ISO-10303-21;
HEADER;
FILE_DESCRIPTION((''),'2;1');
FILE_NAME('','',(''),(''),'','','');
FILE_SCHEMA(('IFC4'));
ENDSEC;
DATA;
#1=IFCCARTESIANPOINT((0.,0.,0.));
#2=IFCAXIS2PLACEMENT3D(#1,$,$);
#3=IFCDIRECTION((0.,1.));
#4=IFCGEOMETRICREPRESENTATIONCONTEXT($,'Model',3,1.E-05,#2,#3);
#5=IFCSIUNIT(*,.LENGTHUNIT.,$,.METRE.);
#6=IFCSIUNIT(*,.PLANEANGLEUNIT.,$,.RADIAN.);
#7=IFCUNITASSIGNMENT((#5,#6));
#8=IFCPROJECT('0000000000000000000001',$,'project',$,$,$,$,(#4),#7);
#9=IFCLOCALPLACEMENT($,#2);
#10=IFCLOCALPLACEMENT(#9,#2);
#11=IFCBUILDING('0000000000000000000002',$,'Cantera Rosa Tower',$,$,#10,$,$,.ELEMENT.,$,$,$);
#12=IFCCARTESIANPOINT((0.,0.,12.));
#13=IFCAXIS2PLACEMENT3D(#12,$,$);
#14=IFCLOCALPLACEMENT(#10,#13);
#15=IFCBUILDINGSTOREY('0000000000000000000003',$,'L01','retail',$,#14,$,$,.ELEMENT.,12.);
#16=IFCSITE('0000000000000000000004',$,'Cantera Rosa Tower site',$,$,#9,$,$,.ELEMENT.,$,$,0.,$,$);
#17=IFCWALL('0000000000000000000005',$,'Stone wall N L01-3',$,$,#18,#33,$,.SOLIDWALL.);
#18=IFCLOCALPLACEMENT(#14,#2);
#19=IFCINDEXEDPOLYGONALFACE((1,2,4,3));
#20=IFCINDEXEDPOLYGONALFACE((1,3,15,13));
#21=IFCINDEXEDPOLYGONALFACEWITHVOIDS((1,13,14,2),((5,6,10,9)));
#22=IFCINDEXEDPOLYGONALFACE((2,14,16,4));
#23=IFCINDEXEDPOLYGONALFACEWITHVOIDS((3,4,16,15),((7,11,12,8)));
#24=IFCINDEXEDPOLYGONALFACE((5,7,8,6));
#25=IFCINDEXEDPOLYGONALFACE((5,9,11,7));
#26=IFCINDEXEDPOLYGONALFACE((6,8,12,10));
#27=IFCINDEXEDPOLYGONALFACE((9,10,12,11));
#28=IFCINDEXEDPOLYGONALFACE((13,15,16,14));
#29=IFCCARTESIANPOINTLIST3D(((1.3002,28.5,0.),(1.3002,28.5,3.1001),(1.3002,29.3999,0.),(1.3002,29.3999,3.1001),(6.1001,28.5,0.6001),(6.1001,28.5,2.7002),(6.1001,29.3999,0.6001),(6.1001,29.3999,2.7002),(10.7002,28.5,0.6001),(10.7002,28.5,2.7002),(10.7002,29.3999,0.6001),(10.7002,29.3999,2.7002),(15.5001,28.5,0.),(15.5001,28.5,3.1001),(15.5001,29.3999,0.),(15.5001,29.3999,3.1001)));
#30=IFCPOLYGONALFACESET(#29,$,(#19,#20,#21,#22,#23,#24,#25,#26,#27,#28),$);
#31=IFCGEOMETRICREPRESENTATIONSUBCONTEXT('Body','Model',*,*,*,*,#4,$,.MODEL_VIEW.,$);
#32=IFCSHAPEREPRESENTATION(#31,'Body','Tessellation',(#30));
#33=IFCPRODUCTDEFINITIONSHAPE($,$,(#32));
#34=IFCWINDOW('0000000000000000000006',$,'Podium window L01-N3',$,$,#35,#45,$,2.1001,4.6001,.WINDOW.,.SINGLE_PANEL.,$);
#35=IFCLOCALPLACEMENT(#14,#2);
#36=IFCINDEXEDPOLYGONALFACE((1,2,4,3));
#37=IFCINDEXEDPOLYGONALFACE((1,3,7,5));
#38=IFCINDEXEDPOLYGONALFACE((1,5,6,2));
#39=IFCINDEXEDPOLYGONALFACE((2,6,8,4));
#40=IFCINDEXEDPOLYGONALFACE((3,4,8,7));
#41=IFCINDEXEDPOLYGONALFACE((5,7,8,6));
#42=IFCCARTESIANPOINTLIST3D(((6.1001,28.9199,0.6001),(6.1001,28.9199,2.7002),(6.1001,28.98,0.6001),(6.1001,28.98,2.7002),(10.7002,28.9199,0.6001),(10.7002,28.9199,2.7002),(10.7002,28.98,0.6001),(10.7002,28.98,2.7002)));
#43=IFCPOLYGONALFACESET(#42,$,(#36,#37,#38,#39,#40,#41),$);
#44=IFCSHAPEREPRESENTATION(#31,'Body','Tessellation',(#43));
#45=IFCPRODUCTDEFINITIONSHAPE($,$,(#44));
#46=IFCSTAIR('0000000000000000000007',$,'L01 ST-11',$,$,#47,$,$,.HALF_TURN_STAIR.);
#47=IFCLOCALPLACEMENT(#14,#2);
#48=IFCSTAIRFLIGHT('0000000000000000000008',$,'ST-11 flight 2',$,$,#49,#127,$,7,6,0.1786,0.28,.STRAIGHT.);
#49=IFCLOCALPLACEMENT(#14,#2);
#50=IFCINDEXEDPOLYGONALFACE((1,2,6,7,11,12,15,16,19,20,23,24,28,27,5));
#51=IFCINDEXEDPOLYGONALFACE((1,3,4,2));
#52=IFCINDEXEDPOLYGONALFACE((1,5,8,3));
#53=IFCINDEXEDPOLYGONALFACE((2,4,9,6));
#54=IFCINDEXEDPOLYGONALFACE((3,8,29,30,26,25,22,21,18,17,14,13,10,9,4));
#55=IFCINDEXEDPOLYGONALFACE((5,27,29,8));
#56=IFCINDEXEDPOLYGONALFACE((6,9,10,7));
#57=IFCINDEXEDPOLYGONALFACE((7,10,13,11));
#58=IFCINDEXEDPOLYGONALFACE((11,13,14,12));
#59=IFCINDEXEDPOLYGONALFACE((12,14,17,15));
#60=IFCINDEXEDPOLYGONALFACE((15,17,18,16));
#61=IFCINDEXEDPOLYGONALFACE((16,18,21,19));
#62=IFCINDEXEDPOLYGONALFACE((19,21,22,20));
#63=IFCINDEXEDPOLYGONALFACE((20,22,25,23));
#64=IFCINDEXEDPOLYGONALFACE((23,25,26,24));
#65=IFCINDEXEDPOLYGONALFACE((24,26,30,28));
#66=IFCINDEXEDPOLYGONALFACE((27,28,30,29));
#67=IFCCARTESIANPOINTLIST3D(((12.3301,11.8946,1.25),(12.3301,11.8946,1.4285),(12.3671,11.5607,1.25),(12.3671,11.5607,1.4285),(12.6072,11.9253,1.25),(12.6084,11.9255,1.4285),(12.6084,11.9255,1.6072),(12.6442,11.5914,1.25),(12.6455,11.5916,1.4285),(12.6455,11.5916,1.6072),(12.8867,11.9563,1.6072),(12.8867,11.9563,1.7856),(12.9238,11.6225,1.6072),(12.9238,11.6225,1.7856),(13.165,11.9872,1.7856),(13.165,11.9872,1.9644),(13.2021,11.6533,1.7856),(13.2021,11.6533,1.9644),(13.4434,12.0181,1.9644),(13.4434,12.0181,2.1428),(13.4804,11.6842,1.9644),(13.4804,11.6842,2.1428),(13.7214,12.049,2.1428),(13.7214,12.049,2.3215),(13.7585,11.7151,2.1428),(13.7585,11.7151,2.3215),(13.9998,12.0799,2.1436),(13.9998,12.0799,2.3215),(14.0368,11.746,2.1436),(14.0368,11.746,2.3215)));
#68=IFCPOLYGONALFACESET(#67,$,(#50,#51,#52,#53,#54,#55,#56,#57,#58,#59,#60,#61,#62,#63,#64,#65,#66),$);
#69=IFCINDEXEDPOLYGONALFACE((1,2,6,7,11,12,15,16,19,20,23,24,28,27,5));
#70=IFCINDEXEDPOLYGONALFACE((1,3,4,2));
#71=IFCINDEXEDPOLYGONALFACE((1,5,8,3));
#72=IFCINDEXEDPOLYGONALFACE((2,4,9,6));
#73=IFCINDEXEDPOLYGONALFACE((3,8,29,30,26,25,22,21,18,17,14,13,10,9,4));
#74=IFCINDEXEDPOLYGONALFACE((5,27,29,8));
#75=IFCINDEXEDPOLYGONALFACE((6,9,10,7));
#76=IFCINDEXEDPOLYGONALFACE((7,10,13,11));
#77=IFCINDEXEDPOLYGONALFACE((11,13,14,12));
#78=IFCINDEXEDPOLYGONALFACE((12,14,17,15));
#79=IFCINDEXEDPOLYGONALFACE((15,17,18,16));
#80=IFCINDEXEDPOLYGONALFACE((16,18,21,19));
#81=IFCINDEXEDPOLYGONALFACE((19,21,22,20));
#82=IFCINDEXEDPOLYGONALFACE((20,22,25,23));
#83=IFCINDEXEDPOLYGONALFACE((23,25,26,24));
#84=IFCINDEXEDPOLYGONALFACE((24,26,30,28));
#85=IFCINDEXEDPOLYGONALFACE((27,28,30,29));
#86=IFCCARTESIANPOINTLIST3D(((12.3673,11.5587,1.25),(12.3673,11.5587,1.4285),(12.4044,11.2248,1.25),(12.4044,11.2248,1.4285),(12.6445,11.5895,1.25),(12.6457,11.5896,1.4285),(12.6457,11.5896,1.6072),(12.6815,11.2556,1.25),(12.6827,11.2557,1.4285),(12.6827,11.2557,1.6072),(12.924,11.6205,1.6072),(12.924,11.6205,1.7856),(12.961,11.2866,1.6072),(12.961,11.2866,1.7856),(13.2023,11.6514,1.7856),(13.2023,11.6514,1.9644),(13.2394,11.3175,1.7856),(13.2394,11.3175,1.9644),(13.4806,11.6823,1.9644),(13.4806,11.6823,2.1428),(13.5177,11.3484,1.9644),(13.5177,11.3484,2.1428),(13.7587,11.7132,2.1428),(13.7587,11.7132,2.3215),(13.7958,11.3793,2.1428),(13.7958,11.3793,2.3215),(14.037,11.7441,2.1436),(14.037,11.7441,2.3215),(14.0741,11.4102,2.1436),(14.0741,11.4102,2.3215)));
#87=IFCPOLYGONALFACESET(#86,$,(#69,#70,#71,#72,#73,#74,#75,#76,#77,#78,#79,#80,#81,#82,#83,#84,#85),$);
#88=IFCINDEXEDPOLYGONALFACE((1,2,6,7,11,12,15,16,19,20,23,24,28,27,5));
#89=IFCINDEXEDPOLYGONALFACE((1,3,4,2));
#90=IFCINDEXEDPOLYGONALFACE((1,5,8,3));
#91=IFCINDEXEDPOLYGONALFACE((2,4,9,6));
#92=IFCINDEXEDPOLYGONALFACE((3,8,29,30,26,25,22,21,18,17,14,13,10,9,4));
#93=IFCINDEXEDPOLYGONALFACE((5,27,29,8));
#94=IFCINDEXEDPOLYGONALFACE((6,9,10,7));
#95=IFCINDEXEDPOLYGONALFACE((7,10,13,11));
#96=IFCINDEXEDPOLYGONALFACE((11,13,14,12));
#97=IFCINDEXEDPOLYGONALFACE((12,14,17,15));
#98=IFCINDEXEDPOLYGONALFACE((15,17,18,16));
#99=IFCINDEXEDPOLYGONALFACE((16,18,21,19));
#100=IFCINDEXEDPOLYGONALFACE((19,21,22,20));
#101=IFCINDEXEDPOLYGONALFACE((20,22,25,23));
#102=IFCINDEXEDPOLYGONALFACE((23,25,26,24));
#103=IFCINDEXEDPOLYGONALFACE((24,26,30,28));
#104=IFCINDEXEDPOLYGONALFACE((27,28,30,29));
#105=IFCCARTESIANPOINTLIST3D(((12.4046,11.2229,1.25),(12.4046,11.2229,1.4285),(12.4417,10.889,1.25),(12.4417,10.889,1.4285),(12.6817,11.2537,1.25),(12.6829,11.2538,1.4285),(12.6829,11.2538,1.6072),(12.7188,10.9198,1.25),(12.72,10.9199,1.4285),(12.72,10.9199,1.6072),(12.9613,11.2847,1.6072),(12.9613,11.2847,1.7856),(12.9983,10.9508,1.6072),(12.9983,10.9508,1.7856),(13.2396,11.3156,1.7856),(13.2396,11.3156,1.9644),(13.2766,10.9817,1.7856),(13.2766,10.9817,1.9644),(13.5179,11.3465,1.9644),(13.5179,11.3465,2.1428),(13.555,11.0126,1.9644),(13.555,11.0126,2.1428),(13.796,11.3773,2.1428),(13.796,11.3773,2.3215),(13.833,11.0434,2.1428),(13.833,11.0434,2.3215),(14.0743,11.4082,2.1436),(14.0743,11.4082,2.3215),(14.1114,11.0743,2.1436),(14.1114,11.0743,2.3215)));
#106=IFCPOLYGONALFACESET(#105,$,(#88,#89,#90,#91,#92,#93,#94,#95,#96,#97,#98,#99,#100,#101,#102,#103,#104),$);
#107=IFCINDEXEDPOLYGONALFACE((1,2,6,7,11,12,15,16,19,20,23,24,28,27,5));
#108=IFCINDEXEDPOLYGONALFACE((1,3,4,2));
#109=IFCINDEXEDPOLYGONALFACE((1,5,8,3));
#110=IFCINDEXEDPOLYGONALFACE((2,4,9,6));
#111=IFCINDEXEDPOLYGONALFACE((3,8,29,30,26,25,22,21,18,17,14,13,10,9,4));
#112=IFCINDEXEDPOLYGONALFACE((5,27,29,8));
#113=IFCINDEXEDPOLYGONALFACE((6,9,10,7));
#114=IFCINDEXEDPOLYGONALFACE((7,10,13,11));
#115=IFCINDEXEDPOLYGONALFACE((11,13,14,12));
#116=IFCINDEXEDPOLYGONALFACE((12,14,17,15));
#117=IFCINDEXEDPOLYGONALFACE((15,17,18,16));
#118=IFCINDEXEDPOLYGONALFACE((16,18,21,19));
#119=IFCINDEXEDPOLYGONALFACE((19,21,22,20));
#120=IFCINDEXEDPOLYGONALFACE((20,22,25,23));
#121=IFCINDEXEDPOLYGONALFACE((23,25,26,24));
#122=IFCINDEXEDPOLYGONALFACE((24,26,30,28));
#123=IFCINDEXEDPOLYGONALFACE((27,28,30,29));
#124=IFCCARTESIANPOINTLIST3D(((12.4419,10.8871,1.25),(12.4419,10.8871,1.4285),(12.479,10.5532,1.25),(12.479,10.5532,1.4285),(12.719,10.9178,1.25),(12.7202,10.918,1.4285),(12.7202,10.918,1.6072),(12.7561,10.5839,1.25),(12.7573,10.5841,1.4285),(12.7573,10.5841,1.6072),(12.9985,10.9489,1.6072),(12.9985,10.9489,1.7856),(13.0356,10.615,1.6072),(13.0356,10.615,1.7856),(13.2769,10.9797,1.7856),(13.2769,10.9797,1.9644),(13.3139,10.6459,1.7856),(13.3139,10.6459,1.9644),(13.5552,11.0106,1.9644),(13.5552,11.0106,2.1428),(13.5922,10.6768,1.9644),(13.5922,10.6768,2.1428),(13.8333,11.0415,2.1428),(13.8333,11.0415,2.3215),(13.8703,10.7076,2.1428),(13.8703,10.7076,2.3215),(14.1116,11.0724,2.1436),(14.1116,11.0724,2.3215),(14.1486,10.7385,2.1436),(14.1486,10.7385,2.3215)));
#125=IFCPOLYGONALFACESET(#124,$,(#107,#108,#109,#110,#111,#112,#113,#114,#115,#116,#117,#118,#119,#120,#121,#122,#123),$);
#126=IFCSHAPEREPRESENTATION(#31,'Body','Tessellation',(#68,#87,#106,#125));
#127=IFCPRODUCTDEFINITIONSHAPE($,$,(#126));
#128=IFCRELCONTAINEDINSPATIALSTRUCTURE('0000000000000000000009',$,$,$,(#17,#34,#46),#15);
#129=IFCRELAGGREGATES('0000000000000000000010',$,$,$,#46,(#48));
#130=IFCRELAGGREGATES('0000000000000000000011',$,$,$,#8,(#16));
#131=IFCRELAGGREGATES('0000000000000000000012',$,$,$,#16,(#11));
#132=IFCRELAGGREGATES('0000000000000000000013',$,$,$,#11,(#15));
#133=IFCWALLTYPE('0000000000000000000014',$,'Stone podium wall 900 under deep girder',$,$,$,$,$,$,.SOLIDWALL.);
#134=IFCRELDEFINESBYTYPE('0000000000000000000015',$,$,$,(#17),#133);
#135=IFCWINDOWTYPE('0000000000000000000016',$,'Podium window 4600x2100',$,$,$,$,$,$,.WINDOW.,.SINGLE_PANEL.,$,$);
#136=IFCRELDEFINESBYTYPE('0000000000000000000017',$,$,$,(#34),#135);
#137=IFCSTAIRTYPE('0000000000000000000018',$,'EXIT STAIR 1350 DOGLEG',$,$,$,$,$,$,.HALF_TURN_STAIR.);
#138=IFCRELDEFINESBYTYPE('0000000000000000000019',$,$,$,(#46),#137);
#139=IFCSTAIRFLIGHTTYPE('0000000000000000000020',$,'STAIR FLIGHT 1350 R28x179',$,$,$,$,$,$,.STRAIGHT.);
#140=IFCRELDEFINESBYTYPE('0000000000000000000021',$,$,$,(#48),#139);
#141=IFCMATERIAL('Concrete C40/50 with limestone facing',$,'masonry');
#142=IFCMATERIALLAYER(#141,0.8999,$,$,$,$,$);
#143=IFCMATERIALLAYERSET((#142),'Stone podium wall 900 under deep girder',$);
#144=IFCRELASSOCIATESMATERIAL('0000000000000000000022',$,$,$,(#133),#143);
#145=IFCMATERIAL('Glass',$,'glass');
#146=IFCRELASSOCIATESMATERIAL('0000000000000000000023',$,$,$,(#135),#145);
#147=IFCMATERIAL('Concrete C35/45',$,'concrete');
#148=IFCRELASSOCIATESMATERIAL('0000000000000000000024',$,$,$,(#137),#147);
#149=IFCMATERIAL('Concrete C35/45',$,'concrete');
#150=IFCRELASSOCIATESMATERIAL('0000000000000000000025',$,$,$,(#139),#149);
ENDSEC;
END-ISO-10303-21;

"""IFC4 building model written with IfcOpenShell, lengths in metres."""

from ifc_helpers import new_model, si_unit, direction, frame, frame_2d, origin, place, context, subcontext, project, spatial, polyline, rectangle, outline, extrude, material, layer, layer_set, type_object, element, fill, aggregate, save


model = new_model("IFC4")

# Units and contexts
model_context = context("Model", 3, precision=1e-05, world=origin(), true_north=direction((0.0, 1.0)))
body_context = subcontext(model_context, "Body", "Model", "MODEL_VIEW")
ifc_project = project(units=[si_unit("LENGTHUNIT", "METRE"), si_unit("PLANEANGLEUNIT", "RADIAN")], contexts=[model_context])

# Site, building, storey
site_placement = place(None, origin())
site = spatial("IfcSite", under=ifc_project, at=site_placement, Name="Cantera Rosa Tower site", CompositionType="ELEMENT", RefElevation=0.0)
building_placement = place(site_placement, origin())
building = spatial("IfcBuilding", under=site, at=building_placement, Name="Cantera Rosa Tower", CompositionType="ELEMENT")
storey_placement = place(building_placement, frame((0.0, 0.0, 12.0)))
storey = spatial("IfcBuildingStorey", under=building, at=storey_placement, Name="L01", Description="retail", CompositionType="ELEMENT", Elevation=12.0)

# Wall, opening, window
ifc_material_1 = material(Name="Concrete C40/50 with limestone facing", Category="masonry")
ifc_layer_1 = layer(ifc_material_1, 0.8999)
ifc_layer_set_1 = layer_set([ifc_layer_1], Name="Stone podium wall 900 under deep girder")
wall_type_1 = type_object("IfcWallType", Name="Stone podium wall 900 under deep girder", PredefinedType="SOLIDWALL", material=ifc_layer_set_1)
wall_1_placement = place(storey_placement, frame((1.3, 28.95, 0.0), z_axis=(0.0, 0.0, 1.0), x_axis=(1.0, 0.0, 0.0)))
wall_1 = element("IfcWall", 1, at=wall_1_placement, inside=storey, type_object=wall_type_1, Name="Stone wall N L01-3", PredefinedType="SOLIDWALL", context=body_context, shape_type="SweptSolid", body=[
    extrude(rectangle(XDim=14.2, YDim=0.8999, at=frame_2d((7.1001, 0.0))), origin(), (0.0, 0.0, 1.0), 3.1001),
])
opening_1_placement = place(wall_1_placement, frame((4.8, 0.0, 0.6001)))
opening_1 = element("IfcOpeningElement", 2, at=opening_1_placement, cuts=wall_1, PredefinedType="OPENING", context=body_context, shape_type="SweptSolid", body=[
    extrude(rectangle(XDim=4.6001, YDim=2.1001, at=frame_2d((2.3, 1.05))), frame((0.0, 0.46, 0.0), z_axis=(0.0, -1.0, 0.0), x_axis=(1.0, 0.0, 0.0)), (0.0, 0.0, 1.0), 0.9199),
])
ifc_material_2 = material(Name="Glass", Category="glass")
window_type = type_object("IfcWindowType", Name="Podium window 4600x2100", PartitioningType="SINGLE_PANEL", PredefinedType="WINDOW", material=ifc_material_2)
window_placement = place(opening_1_placement, origin())
window = element("IfcWindow", 3, at=window_placement, inside=storey, type_object=window_type, Name="Podium window L01-N3", OverallHeight=2.1001, OverallWidth=4.6001, PartitioningType="SINGLE_PANEL", PredefinedType="WINDOW", context=body_context, shape_type="SweptSolid", body=[
    extrude(rectangle(XDim=4.6001, YDim=2.1001, at=frame_2d((2.3, 1.05))), frame((0.0, 0.03, 0.0), z_axis=(0.0, -1.0, 0.0), x_axis=(1.0, 0.0, 0.0)), (0.0, 0.0, 1.0), 0.0601),
])
fill(opening_1, window)

# Stair, stair flight
ifc_material_3 = material(Name="Concrete C35/45", Category="concrete")
stair_type = type_object("IfcStairType", Name="EXIT STAIR 1350 DOGLEG", PredefinedType="HALF_TURN_STAIR", material=ifc_material_3)
stair_placement = place(storey_placement, origin())
stair = element("IfcStair", 4, at=stair_placement, inside=storey, type_object=stair_type, Name="L01 ST-11", PredefinedType="HALF_TURN_STAIR")
ifc_material_4 = material(Name="Concrete C35/45", Category="concrete")
stair_flight_type = type_object("IfcStairFlightType", Name="STAIR FLIGHT 1350 R28x179", PredefinedType="STRAIGHT", material=ifc_material_4)
stair_flight_1_placement = place(storey_placement, frame((12.4045, 11.2236, 1.25), z_axis=(0.0, 0.0, 1.0), x_axis=(0.993897, 0.110313, 0.0)))
stair_flight_1 = element("IfcStairFlight", 5, at=stair_flight_1_placement, type_object=stair_flight_type, Name="ST-11 flight 2", NumberOfRisers=7, NumberOfTreads=6, PredefinedType="STRAIGHT", RiserHeight=0.1786, TreadLength=0.28, context=body_context, shape_type="SweptSolid", body=[
    extrude(outline(polyline([(0.0, 0.0), (0.0, 0.1785), (0.28, 0.1785), (0.28, 0.3572), (0.5601, 0.3572), (0.5601, 0.5356), (0.8401, 0.5356), (0.8401, 0.7144), (1.1201, 0.7144), (1.1201, 0.8928), (1.3999, 0.8928), (1.3999, 1.0715), (1.6799, 1.0715), (1.6799, 1.25), (1.6799, 0.8936), (0.2788, 0.0), (0.0, 0.0)])), frame((0.0, 0.675, 0.0), z_axis=(0.0, -1.0, 0.0), x_axis=(1.0, 0.0, 0.0)), (0.0, 0.0, 1.0), 0.3359),
    extrude(outline(polyline([(0.0, 0.0), (0.0, 0.1785), (0.28, 0.1785), (0.28, 0.3572), (0.5601, 0.3572), (0.5601, 0.5356), (0.8401, 0.5356), (0.8401, 0.7144), (1.1201, 0.7144), (1.1201, 0.8928), (1.3999, 0.8928), (1.3999, 1.0715), (1.6799, 1.0715), (1.6799, 1.25), (1.6799, 0.8936), (0.2788, 0.0), (0.0, 0.0)])), frame((0.0, 0.3372, 0.0), z_axis=(0.0, -1.0, 0.0), x_axis=(1.0, 0.0, 0.0)), (0.0, 0.0, 1.0), 0.3359),
    extrude(outline(polyline([(0.0, 0.0), (0.0, 0.1785), (0.28, 0.1785), (0.28, 0.3572), (0.5601, 0.3572), (0.5601, 0.5356), (0.8401, 0.5356), (0.8401, 0.7144), (1.1201, 0.7144), (1.1201, 0.8928), (1.3999, 0.8928), (1.3999, 1.0715), (1.6799, 1.0715), (1.6799, 1.25), (1.6799, 0.8936), (0.2788, 0.0), (0.0, 0.0)])), frame((0.0, -0.0007, 0.0), z_axis=(0.0, -1.0, 0.0), x_axis=(1.0, 0.0, 0.0)), (0.0, 0.0, 1.0), 0.3359),
    extrude(outline(polyline([(0.0, 0.0), (0.0, 0.1785), (0.28, 0.1785), (0.28, 0.3572), (0.5601, 0.3572), (0.5601, 0.5356), (0.8401, 0.5356), (0.8401, 0.7144), (1.1201, 0.7144), (1.1201, 0.8928), (1.3999, 0.8928), (1.3999, 1.0715), (1.6799, 1.0715), (1.6799, 1.25), (1.6799, 0.8936), (0.2788, 0.0), (0.0, 0.0)])), frame((0.0, -0.3386, 0.0), z_axis=(0.0, -1.0, 0.0), x_axis=(1.0, 0.0, 0.0)), (0.0, 0.0, 1.0), 0.3359),
])
aggregate(stair, [stair_flight_1])

save(model, "model.ifc")
